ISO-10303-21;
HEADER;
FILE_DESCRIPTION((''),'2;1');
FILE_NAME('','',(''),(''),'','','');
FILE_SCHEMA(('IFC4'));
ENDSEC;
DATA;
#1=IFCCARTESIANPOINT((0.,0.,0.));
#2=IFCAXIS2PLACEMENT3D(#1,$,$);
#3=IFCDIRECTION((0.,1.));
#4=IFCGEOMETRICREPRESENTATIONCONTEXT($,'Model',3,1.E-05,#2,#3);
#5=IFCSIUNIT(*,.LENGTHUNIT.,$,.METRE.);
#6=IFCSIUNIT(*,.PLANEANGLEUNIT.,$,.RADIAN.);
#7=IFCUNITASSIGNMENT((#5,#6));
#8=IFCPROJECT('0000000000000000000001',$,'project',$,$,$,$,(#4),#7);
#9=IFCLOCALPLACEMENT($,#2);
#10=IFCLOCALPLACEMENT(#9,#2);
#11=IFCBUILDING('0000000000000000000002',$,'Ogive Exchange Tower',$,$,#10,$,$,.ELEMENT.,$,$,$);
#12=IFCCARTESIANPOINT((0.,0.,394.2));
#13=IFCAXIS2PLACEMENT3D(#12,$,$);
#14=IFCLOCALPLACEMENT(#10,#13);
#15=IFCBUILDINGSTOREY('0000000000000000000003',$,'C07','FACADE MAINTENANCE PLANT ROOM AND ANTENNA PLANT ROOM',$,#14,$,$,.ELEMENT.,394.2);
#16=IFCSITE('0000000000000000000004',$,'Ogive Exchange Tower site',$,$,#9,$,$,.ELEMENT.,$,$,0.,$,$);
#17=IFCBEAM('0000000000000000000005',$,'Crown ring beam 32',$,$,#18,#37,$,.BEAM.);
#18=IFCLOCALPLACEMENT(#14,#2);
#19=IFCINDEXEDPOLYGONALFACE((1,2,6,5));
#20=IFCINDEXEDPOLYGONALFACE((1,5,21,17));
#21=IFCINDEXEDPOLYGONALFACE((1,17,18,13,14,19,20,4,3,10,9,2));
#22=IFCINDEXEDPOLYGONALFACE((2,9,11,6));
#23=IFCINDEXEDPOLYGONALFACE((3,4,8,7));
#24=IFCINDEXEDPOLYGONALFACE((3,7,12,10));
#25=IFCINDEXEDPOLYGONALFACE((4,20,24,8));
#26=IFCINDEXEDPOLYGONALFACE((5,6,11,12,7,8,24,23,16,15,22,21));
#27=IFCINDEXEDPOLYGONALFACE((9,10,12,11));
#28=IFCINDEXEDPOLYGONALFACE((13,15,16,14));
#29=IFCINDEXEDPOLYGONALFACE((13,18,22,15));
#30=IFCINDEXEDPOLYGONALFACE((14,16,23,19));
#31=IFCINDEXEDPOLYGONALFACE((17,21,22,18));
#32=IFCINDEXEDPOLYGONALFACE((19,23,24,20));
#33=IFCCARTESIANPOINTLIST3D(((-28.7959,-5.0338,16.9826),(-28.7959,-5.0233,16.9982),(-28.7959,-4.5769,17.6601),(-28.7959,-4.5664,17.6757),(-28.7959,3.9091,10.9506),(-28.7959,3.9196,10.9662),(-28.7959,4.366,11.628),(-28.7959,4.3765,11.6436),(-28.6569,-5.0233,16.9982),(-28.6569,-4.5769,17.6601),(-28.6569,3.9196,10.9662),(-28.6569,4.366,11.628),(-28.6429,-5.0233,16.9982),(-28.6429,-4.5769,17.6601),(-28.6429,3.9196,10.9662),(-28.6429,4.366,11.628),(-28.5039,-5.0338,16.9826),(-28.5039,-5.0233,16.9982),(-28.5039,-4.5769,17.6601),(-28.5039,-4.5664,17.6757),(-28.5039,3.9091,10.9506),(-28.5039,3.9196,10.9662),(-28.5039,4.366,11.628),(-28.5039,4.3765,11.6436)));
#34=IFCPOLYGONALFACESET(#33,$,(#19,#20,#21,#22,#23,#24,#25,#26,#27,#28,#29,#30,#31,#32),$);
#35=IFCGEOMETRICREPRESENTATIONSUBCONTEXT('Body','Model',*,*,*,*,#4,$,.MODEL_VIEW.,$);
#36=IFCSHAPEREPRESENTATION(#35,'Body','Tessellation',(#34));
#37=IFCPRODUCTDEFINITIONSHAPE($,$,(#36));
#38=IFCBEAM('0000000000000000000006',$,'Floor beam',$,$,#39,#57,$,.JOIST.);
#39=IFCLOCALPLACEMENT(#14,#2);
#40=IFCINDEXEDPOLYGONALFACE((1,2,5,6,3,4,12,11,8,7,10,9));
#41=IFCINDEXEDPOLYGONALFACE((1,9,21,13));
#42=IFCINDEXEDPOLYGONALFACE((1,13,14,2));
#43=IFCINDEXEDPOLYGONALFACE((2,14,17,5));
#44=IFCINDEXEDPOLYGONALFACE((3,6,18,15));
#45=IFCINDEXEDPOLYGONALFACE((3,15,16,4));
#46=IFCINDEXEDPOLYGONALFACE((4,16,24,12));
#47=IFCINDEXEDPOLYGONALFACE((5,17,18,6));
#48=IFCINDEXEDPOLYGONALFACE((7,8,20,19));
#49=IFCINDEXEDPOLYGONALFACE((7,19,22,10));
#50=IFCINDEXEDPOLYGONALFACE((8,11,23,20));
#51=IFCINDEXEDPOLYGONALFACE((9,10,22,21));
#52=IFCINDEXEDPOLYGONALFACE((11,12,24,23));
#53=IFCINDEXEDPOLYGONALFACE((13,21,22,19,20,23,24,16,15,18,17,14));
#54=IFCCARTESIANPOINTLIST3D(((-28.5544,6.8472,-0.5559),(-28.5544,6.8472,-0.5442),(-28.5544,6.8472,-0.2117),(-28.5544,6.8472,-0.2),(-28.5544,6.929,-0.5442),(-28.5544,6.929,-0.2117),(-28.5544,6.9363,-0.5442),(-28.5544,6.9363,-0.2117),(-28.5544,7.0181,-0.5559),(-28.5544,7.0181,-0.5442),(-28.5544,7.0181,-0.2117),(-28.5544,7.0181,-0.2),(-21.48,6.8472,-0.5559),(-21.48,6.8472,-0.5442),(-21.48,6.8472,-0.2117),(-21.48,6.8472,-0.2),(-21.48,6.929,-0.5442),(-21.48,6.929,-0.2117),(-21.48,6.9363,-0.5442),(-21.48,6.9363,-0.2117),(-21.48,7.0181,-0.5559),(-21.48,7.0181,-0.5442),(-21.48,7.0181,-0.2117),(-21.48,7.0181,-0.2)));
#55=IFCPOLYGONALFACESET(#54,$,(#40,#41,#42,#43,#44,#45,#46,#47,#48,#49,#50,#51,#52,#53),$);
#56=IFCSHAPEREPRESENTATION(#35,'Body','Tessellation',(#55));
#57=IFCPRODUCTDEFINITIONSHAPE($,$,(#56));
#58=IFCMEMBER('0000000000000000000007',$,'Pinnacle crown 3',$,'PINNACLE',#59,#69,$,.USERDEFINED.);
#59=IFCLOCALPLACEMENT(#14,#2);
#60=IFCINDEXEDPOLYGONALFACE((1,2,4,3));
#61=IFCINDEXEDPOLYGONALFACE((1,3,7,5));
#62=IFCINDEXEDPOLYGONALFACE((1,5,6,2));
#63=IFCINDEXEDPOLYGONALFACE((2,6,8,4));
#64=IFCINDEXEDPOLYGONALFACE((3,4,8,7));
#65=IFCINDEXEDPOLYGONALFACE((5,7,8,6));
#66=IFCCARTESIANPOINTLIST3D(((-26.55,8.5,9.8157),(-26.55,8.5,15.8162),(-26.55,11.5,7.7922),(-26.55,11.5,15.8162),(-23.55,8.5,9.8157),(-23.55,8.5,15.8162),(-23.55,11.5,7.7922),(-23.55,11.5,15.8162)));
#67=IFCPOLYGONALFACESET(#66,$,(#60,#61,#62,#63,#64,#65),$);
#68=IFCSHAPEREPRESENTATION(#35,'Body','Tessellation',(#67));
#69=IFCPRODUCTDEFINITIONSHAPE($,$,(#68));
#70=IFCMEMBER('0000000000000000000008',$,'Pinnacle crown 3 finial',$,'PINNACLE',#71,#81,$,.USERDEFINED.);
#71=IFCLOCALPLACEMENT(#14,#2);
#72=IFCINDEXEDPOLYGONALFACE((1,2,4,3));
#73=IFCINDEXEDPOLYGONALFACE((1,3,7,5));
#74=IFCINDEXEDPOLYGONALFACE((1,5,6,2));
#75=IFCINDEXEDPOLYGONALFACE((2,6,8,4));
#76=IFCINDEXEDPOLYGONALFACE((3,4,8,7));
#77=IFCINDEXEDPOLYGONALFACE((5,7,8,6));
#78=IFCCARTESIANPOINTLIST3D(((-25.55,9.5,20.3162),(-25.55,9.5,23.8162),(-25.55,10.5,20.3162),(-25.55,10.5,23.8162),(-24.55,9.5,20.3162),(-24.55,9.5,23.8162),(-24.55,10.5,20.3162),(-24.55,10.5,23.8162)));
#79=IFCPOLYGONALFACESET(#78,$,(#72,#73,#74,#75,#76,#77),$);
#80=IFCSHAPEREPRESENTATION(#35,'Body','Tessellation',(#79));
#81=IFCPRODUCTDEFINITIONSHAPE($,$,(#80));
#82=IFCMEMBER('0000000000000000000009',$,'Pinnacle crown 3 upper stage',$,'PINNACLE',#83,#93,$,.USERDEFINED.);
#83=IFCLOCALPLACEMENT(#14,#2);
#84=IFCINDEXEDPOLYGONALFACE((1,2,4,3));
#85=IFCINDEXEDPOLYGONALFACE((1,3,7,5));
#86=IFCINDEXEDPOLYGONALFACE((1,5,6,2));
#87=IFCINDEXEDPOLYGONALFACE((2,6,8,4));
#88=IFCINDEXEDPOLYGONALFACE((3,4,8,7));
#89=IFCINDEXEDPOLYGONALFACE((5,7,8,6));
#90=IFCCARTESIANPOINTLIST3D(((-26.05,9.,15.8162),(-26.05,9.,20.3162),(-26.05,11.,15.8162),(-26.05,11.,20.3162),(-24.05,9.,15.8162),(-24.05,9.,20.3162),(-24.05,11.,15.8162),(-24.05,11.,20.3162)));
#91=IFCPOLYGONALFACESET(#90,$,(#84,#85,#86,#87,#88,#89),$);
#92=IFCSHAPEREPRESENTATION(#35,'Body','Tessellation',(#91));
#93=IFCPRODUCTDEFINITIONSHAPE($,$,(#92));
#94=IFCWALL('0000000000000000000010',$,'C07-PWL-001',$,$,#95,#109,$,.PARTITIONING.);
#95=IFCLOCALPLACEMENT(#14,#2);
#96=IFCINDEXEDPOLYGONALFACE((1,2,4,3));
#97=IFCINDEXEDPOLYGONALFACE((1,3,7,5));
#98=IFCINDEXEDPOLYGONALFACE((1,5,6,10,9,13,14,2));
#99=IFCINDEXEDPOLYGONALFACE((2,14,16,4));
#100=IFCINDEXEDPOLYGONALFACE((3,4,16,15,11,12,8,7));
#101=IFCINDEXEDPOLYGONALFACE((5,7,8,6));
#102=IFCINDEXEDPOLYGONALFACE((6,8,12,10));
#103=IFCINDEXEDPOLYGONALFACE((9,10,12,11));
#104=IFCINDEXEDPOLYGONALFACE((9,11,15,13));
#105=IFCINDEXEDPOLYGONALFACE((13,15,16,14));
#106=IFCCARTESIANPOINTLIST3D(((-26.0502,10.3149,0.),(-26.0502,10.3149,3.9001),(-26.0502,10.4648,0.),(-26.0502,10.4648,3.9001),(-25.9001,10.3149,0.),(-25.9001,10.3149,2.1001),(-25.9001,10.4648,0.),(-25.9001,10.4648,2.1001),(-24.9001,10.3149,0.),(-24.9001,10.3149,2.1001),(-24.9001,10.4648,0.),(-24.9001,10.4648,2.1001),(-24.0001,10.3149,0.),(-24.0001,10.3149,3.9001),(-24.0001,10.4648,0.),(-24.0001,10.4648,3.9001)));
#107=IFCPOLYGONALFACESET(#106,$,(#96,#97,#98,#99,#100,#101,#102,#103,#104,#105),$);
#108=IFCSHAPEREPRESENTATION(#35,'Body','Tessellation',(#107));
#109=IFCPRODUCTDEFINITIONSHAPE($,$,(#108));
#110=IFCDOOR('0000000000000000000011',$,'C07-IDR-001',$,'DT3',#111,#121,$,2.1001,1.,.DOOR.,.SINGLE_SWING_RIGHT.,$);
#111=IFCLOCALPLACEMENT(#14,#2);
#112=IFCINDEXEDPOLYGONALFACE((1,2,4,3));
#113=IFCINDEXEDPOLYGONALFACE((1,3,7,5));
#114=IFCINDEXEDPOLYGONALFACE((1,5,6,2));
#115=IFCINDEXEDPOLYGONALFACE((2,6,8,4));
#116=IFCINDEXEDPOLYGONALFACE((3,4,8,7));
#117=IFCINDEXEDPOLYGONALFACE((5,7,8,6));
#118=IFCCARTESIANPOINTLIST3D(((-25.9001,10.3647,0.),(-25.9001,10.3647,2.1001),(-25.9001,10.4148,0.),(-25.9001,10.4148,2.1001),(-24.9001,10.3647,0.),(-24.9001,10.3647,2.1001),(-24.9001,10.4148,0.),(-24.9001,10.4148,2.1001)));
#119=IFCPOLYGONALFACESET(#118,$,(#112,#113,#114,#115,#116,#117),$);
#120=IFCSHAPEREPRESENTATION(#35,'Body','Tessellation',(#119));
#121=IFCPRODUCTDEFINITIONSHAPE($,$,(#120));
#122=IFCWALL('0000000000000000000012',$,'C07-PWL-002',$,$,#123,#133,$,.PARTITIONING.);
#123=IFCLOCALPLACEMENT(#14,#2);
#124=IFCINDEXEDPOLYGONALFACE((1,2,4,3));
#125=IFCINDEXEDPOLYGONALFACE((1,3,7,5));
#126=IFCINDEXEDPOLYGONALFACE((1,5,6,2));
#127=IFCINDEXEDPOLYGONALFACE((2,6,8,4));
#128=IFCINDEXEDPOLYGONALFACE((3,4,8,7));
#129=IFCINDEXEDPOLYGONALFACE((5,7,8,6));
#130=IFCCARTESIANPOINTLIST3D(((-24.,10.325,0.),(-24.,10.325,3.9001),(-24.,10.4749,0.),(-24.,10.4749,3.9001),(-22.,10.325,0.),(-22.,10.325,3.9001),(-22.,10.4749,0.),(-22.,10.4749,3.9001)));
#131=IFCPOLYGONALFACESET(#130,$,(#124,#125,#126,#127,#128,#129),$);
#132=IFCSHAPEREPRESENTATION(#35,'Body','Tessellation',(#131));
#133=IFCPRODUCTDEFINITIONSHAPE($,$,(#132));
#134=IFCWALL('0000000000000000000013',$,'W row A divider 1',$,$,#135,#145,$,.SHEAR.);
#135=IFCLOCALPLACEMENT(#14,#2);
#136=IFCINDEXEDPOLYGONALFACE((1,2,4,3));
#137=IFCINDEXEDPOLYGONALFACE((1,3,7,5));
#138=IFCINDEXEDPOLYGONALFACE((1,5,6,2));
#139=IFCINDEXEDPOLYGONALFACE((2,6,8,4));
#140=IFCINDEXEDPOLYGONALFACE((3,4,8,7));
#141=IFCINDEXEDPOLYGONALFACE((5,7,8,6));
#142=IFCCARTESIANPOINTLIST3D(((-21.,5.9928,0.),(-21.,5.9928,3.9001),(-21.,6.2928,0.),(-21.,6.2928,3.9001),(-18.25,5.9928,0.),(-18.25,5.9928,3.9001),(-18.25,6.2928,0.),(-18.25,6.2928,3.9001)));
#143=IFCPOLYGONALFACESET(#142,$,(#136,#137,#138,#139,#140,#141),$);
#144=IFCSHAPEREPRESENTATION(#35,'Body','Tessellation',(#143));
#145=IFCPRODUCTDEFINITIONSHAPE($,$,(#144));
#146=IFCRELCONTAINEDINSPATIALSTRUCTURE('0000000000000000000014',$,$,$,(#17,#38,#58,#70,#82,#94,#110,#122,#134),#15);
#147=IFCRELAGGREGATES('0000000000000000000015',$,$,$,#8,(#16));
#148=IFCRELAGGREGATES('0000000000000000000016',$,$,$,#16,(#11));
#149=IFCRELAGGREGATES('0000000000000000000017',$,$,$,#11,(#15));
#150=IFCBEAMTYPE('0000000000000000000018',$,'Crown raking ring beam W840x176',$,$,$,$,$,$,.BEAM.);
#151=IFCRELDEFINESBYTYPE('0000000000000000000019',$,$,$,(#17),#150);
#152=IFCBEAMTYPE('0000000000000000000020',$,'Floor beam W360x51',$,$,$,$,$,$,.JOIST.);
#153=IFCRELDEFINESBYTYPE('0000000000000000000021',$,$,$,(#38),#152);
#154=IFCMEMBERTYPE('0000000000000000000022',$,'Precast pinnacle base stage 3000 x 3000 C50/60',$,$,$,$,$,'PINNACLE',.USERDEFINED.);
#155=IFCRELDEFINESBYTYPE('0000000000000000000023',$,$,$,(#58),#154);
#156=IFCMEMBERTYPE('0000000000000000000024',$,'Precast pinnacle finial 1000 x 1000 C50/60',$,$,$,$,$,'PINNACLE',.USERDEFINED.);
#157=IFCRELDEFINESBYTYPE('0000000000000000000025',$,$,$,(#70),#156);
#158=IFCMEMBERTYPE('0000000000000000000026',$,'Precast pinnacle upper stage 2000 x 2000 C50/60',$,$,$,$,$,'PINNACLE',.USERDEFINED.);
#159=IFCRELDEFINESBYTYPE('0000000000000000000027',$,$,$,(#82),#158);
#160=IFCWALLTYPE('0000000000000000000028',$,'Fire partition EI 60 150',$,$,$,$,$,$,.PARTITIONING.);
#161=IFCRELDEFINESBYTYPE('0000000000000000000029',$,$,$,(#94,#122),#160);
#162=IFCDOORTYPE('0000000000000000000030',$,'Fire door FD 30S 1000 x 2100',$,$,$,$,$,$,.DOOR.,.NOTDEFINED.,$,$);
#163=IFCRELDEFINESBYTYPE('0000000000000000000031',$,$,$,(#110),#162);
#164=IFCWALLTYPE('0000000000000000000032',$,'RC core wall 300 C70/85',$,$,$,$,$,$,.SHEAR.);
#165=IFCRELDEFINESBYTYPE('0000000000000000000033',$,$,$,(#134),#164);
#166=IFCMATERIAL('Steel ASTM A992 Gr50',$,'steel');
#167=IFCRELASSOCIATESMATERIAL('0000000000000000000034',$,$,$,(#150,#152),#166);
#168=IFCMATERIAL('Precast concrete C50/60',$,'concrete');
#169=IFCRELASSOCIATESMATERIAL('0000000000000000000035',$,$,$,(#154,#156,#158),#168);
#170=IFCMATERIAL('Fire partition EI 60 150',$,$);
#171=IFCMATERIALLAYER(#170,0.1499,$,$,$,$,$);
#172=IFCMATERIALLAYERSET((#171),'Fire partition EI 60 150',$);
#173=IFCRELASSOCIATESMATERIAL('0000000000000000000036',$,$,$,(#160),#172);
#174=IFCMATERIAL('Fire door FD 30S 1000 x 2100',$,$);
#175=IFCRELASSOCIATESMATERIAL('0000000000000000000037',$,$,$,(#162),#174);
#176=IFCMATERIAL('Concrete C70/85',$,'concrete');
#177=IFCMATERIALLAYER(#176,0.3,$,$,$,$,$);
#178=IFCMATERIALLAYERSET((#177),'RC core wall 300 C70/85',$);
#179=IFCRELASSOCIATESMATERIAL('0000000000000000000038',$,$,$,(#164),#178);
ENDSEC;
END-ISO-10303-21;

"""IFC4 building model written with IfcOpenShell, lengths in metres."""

from ifc_helpers import new_model, si_unit, direction, frame, frame_2d, origin, origin_2d, place, context, subcontext, project, spatial, polyline, rectangle, i_section, outline, extrude, material, layer, layer_set, material_profile, profile_set, type_object, element, fill, save


model = new_model("IFC4")

# Units and contexts
model_context = context("Model", 3, precision=1e-05, world=origin(), true_north=direction((0.0, 1.0)))
body_context = subcontext(model_context, "Body", "Model", "MODEL_VIEW")
ifc_project = project(units=[si_unit("LENGTHUNIT", "METRE"), si_unit("PLANEANGLEUNIT", "RADIAN")], contexts=[model_context])

# Site, building, storey
site_placement = place(None, origin())
site = spatial("IfcSite", under=ifc_project, at=site_placement, Name="Ogive Exchange Tower site", CompositionType="ELEMENT", RefElevation=0.0)
building_placement = place(site_placement, origin())
building = spatial("IfcBuilding", under=site, at=building_placement, Name="Ogive Exchange Tower", CompositionType="ELEMENT")
storey_placement = place(building_placement, frame((0.0, 0.0, 394.2)))
storey = spatial("IfcBuildingStorey", under=building, at=storey_placement, Name="C07", Description="FACADE MAINTENANCE PLANT ROOM AND ANTENNA PLANT ROOM", CompositionType="ELEMENT", Elevation=394.2)

# Shared definitions
ifc_material_1 = material(Name="Steel ASTM A992 Gr50", Category="steel")

# Beams
ifc_material_profile_1 = material_profile(ifc_material_1, i_section(OverallWidth=0.292, OverallDepth=0.8359, WebThickness=0.0139, FlangeThickness=0.0188, at=origin_2d()), Name="W840x176")
ifc_profile_set_1 = profile_set([ifc_material_profile_1], Name="Steel ASTM A992 Gr50")
beam_type_1 = type_object("IfcBeamType", Name="Crown raking ring beam W840x176", PredefinedType="BEAM", material=ifc_profile_set_1)
beam_1_placement = place(storey_placement, frame((-28.6499, 4.1428, 11.2971), z_axis=(0.0, -0.82904, 0.559189), x_axis=(1.0, 0.0, 0.0)))
element("IfcBeam", 1, at=beam_1_placement, inside=storey, type_object=beam_type_1, Name="Crown ring beam 32", PredefinedType="BEAM", context=body_context, shape_type="SweptSolid", body=[
    extrude(i_section(OverallWidth=0.292, OverallDepth=0.8359, WebThickness=0.0139, FlangeThickness=0.0188, at=origin_2d()), origin(), (0.0, 0.0, 1.0), 10.7871),
])
ifc_material_profile_2 = material_profile(ifc_material_1, i_section(OverallWidth=0.1709, OverallDepth=0.356, WebThickness=0.0073, FlangeThickness=0.0117, at=origin_2d()), Name="W360x51")
ifc_profile_set_2 = profile_set([ifc_material_profile_2], Name="Steel ASTM A992 Gr50")
beam_type_2 = type_object("IfcBeamType", Name="Floor beam W360x51", PredefinedType="JOIST", material=ifc_profile_set_2)
beam_2_placement = place(storey_placement, frame((-28.5544, 6.9326, -0.3779), z_axis=(1.0, 0.0, 0.0), x_axis=(0.0, 1.0, 0.0)))
element("IfcBeam", 2, at=beam_2_placement, inside=storey, type_object=beam_type_2, Name="Floor beam", PredefinedType="JOIST", context=body_context, shape_type="SweptSolid", body=[
    extrude(i_section(OverallWidth=0.1709, OverallDepth=0.356, WebThickness=0.0073, FlangeThickness=0.0117, at=origin_2d()), origin(), (0.0, 0.0, 1.0), 7.0745),
])

# Members
ifc_material_2 = material(Name="Precast concrete C50/60", Category="concrete")
ifc_material_profile_3 = material_profile(ifc_material_2, rectangle(XDim=3.0, YDim=3.0, at=origin_2d()), Name="PINNACLE 3000 x 3000")
ifc_profile_set_3 = profile_set([ifc_material_profile_3], Name="Precast concrete C50/60")
member_type_1 = type_object("IfcMemberType", Name="Precast pinnacle base stage 3000 x 3000 C50/60", ElementType="PINNACLE", PredefinedType="USERDEFINED", material=ifc_profile_set_3)
member_1_placement = place(storey_placement, frame((-26.55, 8.5, 15.8162), z_axis=(-1.0, 0.0, 0.0), x_axis=(0.0, 1.0, 0.0)))
element("IfcMember", 3, at=member_1_placement, inside=storey, type_object=member_type_1, Name="Pinnacle crown 3", ObjectType="PINNACLE", PredefinedType="USERDEFINED", context=body_context, shape_type="SweptSolid", body=[
    extrude(outline(polyline([(0.0, 0.0), (3.0, 0.0), (3.0, 8.0239), (0.0, 6.0005), (0.0, 0.0)])), origin(), (0.0, 0.0, -1.0), 3.0),
])
ifc_material_profile_4 = material_profile(ifc_material_2, rectangle(XDim=1.0, YDim=1.0, at=origin_2d()), Name="PINNACLE 1000 x 1000")
ifc_profile_set_4 = profile_set([ifc_material_profile_4], Name="Precast concrete C50/60")
member_type_2 = type_object("IfcMemberType", Name="Precast pinnacle finial 1000 x 1000 C50/60", ElementType="PINNACLE", PredefinedType="USERDEFINED", material=ifc_profile_set_4)
member_2_placement = place(storey_placement, frame((-25.05, 10.0, 20.3162), z_axis=(0.0, 0.0, 1.0), x_axis=(1.0, 0.0, 0.0)))
element("IfcMember", 4, at=member_2_placement, inside=storey, type_object=member_type_2, Name="Pinnacle crown 3 finial", ObjectType="PINNACLE", PredefinedType="USERDEFINED", context=body_context, shape_type="SweptSolid", body=[
    extrude(rectangle(XDim=1.0, YDim=1.0, at=origin_2d()), origin(), (0.0, 0.0, 1.0), 3.5),
])
ifc_material_profile_5 = material_profile(ifc_material_2, rectangle(XDim=2.0, YDim=2.0, at=origin_2d()), Name="PINNACLE 2000 x 2000")
ifc_profile_set_5 = profile_set([ifc_material_profile_5], Name="Precast concrete C50/60")
member_type_3 = type_object("IfcMemberType", Name="Precast pinnacle upper stage 2000 x 2000 C50/60", ElementType="PINNACLE", PredefinedType="USERDEFINED", material=ifc_profile_set_5)
member_3_placement = place(storey_placement, frame((-25.05, 10.0, 15.8162), z_axis=(0.0, 0.0, 1.0), x_axis=(1.0, 0.0, 0.0)))
element("IfcMember", 5, at=member_3_placement, inside=storey, type_object=member_type_3, Name="Pinnacle crown 3 upper stage", ObjectType="PINNACLE", PredefinedType="USERDEFINED", context=body_context, shape_type="SweptSolid", body=[
    extrude(rectangle(XDim=2.0, YDim=2.0, at=origin_2d()), origin(), (0.0, 0.0, 1.0), 4.5),
])

# Wall, opening, door
ifc_material_3 = material(Name="Fire partition EI 60 150")
ifc_layer_1 = layer(ifc_material_3, 0.1499)
ifc_layer_set_1 = layer_set([ifc_layer_1], Name="Fire partition EI 60 150")
wall_type_1 = type_object("IfcWallType", Name="Fire partition EI 60 150", PredefinedType="PARTITIONING", material=ifc_layer_set_1)
wall_1_placement = place(storey_placement, frame((-26.05, 10.3899, 0.0), z_axis=(0.0, 0.0, 1.0), x_axis=(1.0, 0.0, 0.0)))
wall_1 = element("IfcWall", 6, at=wall_1_placement, inside=storey, type_object=wall_type_1, Name="C07-PWL-001", PredefinedType="PARTITIONING", context=body_context, shape_type="SweptSolid", body=[
    extrude(rectangle(XDim=2.05, YDim=0.1499, at=frame_2d((1.0249, 0.0))), origin(), (0.0, 0.0, 1.0), 3.9001),
])
opening_1_placement = place(wall_1_placement, frame((0.1499, 0.0, 0.0)))
opening_1 = element("IfcOpeningElement", 7, at=opening_1_placement, cuts=wall_1, PredefinedType="OPENING", context=body_context, shape_type="SweptSolid", body=[
    extrude(rectangle(XDim=1.0, YDim=2.1001, at=frame_2d((0.5, 1.05))), frame((0.0, 0.085, 0.0), z_axis=(0.0, -1.0, 0.0), x_axis=(1.0, 0.0, 0.0)), (0.0, 0.0, 1.0), 0.1699),
])
ifc_material_4 = material(Name="Fire door FD 30S 1000 x 2100")
door_type = type_object("IfcDoorType", Name="Fire door FD 30S 1000 x 2100", OperationType="NOTDEFINED", PredefinedType="DOOR", material=ifc_material_4)
door_placement = place(opening_1_placement, origin())
door = element("IfcDoor", 8, at=door_placement, inside=storey, type_object=door_type, Name="C07-IDR-001", ObjectType="DT3", OperationType="SINGLE_SWING_RIGHT", OverallHeight=2.1001, OverallWidth=1.0, PredefinedType="DOOR", context=body_context, shape_type="SweptSolid", body=[
    extrude(rectangle(XDim=1.0, YDim=2.1001, at=frame_2d((0.5, 1.05))), frame((0.0, 0.0249, 0.0), z_axis=(0.0, -1.0, 0.0), x_axis=(1.0, 0.0, 0.0)), (0.0, 0.0, 1.0), 0.05),
])
fill(opening_1, door)

# Walls
wall_2_placement = place(storey_placement, frame((-24.0, 10.3999, 0.0), z_axis=(0.0, 0.0, 1.0), x_axis=(1.0, 0.0, 0.0)))
element("IfcWall", 9, at=wall_2_placement, inside=storey, type_object=wall_type_1, Name="C07-PWL-002", PredefinedType="PARTITIONING", context=body_context, shape_type="SweptSolid", body=[
    extrude(rectangle(XDim=2.0, YDim=0.1499, at=frame_2d((1.0, 0.0))), origin(), (0.0, 0.0, 1.0), 3.9001),
])
ifc_material_5 = material(Name="Concrete C70/85", Category="concrete")
ifc_layer_2 = layer(ifc_material_5, 0.3)
ifc_layer_set_2 = layer_set([ifc_layer_2], Name="RC core wall 300 C70/85")
wall_type_2 = type_object("IfcWallType", Name="RC core wall 300 C70/85", PredefinedType="SHEAR", material=ifc_layer_set_2)
wall_3_placement = place(storey_placement, frame((-21.0, 6.1428, 0.0), z_axis=(0.0, 0.0, 1.0), x_axis=(1.0, 0.0, 0.0)))
element("IfcWall", 10, at=wall_3_placement, inside=storey, type_object=wall_type_2, Name="W row A divider 1", PredefinedType="SHEAR", context=body_context, shape_type="SweptSolid", body=[
    extrude(rectangle(XDim=2.75, YDim=0.3, at=frame_2d((1.375, 0.0))), origin(), (0.0, 0.0, 1.0), 3.9001),
])

save(model, "model.ifc")
